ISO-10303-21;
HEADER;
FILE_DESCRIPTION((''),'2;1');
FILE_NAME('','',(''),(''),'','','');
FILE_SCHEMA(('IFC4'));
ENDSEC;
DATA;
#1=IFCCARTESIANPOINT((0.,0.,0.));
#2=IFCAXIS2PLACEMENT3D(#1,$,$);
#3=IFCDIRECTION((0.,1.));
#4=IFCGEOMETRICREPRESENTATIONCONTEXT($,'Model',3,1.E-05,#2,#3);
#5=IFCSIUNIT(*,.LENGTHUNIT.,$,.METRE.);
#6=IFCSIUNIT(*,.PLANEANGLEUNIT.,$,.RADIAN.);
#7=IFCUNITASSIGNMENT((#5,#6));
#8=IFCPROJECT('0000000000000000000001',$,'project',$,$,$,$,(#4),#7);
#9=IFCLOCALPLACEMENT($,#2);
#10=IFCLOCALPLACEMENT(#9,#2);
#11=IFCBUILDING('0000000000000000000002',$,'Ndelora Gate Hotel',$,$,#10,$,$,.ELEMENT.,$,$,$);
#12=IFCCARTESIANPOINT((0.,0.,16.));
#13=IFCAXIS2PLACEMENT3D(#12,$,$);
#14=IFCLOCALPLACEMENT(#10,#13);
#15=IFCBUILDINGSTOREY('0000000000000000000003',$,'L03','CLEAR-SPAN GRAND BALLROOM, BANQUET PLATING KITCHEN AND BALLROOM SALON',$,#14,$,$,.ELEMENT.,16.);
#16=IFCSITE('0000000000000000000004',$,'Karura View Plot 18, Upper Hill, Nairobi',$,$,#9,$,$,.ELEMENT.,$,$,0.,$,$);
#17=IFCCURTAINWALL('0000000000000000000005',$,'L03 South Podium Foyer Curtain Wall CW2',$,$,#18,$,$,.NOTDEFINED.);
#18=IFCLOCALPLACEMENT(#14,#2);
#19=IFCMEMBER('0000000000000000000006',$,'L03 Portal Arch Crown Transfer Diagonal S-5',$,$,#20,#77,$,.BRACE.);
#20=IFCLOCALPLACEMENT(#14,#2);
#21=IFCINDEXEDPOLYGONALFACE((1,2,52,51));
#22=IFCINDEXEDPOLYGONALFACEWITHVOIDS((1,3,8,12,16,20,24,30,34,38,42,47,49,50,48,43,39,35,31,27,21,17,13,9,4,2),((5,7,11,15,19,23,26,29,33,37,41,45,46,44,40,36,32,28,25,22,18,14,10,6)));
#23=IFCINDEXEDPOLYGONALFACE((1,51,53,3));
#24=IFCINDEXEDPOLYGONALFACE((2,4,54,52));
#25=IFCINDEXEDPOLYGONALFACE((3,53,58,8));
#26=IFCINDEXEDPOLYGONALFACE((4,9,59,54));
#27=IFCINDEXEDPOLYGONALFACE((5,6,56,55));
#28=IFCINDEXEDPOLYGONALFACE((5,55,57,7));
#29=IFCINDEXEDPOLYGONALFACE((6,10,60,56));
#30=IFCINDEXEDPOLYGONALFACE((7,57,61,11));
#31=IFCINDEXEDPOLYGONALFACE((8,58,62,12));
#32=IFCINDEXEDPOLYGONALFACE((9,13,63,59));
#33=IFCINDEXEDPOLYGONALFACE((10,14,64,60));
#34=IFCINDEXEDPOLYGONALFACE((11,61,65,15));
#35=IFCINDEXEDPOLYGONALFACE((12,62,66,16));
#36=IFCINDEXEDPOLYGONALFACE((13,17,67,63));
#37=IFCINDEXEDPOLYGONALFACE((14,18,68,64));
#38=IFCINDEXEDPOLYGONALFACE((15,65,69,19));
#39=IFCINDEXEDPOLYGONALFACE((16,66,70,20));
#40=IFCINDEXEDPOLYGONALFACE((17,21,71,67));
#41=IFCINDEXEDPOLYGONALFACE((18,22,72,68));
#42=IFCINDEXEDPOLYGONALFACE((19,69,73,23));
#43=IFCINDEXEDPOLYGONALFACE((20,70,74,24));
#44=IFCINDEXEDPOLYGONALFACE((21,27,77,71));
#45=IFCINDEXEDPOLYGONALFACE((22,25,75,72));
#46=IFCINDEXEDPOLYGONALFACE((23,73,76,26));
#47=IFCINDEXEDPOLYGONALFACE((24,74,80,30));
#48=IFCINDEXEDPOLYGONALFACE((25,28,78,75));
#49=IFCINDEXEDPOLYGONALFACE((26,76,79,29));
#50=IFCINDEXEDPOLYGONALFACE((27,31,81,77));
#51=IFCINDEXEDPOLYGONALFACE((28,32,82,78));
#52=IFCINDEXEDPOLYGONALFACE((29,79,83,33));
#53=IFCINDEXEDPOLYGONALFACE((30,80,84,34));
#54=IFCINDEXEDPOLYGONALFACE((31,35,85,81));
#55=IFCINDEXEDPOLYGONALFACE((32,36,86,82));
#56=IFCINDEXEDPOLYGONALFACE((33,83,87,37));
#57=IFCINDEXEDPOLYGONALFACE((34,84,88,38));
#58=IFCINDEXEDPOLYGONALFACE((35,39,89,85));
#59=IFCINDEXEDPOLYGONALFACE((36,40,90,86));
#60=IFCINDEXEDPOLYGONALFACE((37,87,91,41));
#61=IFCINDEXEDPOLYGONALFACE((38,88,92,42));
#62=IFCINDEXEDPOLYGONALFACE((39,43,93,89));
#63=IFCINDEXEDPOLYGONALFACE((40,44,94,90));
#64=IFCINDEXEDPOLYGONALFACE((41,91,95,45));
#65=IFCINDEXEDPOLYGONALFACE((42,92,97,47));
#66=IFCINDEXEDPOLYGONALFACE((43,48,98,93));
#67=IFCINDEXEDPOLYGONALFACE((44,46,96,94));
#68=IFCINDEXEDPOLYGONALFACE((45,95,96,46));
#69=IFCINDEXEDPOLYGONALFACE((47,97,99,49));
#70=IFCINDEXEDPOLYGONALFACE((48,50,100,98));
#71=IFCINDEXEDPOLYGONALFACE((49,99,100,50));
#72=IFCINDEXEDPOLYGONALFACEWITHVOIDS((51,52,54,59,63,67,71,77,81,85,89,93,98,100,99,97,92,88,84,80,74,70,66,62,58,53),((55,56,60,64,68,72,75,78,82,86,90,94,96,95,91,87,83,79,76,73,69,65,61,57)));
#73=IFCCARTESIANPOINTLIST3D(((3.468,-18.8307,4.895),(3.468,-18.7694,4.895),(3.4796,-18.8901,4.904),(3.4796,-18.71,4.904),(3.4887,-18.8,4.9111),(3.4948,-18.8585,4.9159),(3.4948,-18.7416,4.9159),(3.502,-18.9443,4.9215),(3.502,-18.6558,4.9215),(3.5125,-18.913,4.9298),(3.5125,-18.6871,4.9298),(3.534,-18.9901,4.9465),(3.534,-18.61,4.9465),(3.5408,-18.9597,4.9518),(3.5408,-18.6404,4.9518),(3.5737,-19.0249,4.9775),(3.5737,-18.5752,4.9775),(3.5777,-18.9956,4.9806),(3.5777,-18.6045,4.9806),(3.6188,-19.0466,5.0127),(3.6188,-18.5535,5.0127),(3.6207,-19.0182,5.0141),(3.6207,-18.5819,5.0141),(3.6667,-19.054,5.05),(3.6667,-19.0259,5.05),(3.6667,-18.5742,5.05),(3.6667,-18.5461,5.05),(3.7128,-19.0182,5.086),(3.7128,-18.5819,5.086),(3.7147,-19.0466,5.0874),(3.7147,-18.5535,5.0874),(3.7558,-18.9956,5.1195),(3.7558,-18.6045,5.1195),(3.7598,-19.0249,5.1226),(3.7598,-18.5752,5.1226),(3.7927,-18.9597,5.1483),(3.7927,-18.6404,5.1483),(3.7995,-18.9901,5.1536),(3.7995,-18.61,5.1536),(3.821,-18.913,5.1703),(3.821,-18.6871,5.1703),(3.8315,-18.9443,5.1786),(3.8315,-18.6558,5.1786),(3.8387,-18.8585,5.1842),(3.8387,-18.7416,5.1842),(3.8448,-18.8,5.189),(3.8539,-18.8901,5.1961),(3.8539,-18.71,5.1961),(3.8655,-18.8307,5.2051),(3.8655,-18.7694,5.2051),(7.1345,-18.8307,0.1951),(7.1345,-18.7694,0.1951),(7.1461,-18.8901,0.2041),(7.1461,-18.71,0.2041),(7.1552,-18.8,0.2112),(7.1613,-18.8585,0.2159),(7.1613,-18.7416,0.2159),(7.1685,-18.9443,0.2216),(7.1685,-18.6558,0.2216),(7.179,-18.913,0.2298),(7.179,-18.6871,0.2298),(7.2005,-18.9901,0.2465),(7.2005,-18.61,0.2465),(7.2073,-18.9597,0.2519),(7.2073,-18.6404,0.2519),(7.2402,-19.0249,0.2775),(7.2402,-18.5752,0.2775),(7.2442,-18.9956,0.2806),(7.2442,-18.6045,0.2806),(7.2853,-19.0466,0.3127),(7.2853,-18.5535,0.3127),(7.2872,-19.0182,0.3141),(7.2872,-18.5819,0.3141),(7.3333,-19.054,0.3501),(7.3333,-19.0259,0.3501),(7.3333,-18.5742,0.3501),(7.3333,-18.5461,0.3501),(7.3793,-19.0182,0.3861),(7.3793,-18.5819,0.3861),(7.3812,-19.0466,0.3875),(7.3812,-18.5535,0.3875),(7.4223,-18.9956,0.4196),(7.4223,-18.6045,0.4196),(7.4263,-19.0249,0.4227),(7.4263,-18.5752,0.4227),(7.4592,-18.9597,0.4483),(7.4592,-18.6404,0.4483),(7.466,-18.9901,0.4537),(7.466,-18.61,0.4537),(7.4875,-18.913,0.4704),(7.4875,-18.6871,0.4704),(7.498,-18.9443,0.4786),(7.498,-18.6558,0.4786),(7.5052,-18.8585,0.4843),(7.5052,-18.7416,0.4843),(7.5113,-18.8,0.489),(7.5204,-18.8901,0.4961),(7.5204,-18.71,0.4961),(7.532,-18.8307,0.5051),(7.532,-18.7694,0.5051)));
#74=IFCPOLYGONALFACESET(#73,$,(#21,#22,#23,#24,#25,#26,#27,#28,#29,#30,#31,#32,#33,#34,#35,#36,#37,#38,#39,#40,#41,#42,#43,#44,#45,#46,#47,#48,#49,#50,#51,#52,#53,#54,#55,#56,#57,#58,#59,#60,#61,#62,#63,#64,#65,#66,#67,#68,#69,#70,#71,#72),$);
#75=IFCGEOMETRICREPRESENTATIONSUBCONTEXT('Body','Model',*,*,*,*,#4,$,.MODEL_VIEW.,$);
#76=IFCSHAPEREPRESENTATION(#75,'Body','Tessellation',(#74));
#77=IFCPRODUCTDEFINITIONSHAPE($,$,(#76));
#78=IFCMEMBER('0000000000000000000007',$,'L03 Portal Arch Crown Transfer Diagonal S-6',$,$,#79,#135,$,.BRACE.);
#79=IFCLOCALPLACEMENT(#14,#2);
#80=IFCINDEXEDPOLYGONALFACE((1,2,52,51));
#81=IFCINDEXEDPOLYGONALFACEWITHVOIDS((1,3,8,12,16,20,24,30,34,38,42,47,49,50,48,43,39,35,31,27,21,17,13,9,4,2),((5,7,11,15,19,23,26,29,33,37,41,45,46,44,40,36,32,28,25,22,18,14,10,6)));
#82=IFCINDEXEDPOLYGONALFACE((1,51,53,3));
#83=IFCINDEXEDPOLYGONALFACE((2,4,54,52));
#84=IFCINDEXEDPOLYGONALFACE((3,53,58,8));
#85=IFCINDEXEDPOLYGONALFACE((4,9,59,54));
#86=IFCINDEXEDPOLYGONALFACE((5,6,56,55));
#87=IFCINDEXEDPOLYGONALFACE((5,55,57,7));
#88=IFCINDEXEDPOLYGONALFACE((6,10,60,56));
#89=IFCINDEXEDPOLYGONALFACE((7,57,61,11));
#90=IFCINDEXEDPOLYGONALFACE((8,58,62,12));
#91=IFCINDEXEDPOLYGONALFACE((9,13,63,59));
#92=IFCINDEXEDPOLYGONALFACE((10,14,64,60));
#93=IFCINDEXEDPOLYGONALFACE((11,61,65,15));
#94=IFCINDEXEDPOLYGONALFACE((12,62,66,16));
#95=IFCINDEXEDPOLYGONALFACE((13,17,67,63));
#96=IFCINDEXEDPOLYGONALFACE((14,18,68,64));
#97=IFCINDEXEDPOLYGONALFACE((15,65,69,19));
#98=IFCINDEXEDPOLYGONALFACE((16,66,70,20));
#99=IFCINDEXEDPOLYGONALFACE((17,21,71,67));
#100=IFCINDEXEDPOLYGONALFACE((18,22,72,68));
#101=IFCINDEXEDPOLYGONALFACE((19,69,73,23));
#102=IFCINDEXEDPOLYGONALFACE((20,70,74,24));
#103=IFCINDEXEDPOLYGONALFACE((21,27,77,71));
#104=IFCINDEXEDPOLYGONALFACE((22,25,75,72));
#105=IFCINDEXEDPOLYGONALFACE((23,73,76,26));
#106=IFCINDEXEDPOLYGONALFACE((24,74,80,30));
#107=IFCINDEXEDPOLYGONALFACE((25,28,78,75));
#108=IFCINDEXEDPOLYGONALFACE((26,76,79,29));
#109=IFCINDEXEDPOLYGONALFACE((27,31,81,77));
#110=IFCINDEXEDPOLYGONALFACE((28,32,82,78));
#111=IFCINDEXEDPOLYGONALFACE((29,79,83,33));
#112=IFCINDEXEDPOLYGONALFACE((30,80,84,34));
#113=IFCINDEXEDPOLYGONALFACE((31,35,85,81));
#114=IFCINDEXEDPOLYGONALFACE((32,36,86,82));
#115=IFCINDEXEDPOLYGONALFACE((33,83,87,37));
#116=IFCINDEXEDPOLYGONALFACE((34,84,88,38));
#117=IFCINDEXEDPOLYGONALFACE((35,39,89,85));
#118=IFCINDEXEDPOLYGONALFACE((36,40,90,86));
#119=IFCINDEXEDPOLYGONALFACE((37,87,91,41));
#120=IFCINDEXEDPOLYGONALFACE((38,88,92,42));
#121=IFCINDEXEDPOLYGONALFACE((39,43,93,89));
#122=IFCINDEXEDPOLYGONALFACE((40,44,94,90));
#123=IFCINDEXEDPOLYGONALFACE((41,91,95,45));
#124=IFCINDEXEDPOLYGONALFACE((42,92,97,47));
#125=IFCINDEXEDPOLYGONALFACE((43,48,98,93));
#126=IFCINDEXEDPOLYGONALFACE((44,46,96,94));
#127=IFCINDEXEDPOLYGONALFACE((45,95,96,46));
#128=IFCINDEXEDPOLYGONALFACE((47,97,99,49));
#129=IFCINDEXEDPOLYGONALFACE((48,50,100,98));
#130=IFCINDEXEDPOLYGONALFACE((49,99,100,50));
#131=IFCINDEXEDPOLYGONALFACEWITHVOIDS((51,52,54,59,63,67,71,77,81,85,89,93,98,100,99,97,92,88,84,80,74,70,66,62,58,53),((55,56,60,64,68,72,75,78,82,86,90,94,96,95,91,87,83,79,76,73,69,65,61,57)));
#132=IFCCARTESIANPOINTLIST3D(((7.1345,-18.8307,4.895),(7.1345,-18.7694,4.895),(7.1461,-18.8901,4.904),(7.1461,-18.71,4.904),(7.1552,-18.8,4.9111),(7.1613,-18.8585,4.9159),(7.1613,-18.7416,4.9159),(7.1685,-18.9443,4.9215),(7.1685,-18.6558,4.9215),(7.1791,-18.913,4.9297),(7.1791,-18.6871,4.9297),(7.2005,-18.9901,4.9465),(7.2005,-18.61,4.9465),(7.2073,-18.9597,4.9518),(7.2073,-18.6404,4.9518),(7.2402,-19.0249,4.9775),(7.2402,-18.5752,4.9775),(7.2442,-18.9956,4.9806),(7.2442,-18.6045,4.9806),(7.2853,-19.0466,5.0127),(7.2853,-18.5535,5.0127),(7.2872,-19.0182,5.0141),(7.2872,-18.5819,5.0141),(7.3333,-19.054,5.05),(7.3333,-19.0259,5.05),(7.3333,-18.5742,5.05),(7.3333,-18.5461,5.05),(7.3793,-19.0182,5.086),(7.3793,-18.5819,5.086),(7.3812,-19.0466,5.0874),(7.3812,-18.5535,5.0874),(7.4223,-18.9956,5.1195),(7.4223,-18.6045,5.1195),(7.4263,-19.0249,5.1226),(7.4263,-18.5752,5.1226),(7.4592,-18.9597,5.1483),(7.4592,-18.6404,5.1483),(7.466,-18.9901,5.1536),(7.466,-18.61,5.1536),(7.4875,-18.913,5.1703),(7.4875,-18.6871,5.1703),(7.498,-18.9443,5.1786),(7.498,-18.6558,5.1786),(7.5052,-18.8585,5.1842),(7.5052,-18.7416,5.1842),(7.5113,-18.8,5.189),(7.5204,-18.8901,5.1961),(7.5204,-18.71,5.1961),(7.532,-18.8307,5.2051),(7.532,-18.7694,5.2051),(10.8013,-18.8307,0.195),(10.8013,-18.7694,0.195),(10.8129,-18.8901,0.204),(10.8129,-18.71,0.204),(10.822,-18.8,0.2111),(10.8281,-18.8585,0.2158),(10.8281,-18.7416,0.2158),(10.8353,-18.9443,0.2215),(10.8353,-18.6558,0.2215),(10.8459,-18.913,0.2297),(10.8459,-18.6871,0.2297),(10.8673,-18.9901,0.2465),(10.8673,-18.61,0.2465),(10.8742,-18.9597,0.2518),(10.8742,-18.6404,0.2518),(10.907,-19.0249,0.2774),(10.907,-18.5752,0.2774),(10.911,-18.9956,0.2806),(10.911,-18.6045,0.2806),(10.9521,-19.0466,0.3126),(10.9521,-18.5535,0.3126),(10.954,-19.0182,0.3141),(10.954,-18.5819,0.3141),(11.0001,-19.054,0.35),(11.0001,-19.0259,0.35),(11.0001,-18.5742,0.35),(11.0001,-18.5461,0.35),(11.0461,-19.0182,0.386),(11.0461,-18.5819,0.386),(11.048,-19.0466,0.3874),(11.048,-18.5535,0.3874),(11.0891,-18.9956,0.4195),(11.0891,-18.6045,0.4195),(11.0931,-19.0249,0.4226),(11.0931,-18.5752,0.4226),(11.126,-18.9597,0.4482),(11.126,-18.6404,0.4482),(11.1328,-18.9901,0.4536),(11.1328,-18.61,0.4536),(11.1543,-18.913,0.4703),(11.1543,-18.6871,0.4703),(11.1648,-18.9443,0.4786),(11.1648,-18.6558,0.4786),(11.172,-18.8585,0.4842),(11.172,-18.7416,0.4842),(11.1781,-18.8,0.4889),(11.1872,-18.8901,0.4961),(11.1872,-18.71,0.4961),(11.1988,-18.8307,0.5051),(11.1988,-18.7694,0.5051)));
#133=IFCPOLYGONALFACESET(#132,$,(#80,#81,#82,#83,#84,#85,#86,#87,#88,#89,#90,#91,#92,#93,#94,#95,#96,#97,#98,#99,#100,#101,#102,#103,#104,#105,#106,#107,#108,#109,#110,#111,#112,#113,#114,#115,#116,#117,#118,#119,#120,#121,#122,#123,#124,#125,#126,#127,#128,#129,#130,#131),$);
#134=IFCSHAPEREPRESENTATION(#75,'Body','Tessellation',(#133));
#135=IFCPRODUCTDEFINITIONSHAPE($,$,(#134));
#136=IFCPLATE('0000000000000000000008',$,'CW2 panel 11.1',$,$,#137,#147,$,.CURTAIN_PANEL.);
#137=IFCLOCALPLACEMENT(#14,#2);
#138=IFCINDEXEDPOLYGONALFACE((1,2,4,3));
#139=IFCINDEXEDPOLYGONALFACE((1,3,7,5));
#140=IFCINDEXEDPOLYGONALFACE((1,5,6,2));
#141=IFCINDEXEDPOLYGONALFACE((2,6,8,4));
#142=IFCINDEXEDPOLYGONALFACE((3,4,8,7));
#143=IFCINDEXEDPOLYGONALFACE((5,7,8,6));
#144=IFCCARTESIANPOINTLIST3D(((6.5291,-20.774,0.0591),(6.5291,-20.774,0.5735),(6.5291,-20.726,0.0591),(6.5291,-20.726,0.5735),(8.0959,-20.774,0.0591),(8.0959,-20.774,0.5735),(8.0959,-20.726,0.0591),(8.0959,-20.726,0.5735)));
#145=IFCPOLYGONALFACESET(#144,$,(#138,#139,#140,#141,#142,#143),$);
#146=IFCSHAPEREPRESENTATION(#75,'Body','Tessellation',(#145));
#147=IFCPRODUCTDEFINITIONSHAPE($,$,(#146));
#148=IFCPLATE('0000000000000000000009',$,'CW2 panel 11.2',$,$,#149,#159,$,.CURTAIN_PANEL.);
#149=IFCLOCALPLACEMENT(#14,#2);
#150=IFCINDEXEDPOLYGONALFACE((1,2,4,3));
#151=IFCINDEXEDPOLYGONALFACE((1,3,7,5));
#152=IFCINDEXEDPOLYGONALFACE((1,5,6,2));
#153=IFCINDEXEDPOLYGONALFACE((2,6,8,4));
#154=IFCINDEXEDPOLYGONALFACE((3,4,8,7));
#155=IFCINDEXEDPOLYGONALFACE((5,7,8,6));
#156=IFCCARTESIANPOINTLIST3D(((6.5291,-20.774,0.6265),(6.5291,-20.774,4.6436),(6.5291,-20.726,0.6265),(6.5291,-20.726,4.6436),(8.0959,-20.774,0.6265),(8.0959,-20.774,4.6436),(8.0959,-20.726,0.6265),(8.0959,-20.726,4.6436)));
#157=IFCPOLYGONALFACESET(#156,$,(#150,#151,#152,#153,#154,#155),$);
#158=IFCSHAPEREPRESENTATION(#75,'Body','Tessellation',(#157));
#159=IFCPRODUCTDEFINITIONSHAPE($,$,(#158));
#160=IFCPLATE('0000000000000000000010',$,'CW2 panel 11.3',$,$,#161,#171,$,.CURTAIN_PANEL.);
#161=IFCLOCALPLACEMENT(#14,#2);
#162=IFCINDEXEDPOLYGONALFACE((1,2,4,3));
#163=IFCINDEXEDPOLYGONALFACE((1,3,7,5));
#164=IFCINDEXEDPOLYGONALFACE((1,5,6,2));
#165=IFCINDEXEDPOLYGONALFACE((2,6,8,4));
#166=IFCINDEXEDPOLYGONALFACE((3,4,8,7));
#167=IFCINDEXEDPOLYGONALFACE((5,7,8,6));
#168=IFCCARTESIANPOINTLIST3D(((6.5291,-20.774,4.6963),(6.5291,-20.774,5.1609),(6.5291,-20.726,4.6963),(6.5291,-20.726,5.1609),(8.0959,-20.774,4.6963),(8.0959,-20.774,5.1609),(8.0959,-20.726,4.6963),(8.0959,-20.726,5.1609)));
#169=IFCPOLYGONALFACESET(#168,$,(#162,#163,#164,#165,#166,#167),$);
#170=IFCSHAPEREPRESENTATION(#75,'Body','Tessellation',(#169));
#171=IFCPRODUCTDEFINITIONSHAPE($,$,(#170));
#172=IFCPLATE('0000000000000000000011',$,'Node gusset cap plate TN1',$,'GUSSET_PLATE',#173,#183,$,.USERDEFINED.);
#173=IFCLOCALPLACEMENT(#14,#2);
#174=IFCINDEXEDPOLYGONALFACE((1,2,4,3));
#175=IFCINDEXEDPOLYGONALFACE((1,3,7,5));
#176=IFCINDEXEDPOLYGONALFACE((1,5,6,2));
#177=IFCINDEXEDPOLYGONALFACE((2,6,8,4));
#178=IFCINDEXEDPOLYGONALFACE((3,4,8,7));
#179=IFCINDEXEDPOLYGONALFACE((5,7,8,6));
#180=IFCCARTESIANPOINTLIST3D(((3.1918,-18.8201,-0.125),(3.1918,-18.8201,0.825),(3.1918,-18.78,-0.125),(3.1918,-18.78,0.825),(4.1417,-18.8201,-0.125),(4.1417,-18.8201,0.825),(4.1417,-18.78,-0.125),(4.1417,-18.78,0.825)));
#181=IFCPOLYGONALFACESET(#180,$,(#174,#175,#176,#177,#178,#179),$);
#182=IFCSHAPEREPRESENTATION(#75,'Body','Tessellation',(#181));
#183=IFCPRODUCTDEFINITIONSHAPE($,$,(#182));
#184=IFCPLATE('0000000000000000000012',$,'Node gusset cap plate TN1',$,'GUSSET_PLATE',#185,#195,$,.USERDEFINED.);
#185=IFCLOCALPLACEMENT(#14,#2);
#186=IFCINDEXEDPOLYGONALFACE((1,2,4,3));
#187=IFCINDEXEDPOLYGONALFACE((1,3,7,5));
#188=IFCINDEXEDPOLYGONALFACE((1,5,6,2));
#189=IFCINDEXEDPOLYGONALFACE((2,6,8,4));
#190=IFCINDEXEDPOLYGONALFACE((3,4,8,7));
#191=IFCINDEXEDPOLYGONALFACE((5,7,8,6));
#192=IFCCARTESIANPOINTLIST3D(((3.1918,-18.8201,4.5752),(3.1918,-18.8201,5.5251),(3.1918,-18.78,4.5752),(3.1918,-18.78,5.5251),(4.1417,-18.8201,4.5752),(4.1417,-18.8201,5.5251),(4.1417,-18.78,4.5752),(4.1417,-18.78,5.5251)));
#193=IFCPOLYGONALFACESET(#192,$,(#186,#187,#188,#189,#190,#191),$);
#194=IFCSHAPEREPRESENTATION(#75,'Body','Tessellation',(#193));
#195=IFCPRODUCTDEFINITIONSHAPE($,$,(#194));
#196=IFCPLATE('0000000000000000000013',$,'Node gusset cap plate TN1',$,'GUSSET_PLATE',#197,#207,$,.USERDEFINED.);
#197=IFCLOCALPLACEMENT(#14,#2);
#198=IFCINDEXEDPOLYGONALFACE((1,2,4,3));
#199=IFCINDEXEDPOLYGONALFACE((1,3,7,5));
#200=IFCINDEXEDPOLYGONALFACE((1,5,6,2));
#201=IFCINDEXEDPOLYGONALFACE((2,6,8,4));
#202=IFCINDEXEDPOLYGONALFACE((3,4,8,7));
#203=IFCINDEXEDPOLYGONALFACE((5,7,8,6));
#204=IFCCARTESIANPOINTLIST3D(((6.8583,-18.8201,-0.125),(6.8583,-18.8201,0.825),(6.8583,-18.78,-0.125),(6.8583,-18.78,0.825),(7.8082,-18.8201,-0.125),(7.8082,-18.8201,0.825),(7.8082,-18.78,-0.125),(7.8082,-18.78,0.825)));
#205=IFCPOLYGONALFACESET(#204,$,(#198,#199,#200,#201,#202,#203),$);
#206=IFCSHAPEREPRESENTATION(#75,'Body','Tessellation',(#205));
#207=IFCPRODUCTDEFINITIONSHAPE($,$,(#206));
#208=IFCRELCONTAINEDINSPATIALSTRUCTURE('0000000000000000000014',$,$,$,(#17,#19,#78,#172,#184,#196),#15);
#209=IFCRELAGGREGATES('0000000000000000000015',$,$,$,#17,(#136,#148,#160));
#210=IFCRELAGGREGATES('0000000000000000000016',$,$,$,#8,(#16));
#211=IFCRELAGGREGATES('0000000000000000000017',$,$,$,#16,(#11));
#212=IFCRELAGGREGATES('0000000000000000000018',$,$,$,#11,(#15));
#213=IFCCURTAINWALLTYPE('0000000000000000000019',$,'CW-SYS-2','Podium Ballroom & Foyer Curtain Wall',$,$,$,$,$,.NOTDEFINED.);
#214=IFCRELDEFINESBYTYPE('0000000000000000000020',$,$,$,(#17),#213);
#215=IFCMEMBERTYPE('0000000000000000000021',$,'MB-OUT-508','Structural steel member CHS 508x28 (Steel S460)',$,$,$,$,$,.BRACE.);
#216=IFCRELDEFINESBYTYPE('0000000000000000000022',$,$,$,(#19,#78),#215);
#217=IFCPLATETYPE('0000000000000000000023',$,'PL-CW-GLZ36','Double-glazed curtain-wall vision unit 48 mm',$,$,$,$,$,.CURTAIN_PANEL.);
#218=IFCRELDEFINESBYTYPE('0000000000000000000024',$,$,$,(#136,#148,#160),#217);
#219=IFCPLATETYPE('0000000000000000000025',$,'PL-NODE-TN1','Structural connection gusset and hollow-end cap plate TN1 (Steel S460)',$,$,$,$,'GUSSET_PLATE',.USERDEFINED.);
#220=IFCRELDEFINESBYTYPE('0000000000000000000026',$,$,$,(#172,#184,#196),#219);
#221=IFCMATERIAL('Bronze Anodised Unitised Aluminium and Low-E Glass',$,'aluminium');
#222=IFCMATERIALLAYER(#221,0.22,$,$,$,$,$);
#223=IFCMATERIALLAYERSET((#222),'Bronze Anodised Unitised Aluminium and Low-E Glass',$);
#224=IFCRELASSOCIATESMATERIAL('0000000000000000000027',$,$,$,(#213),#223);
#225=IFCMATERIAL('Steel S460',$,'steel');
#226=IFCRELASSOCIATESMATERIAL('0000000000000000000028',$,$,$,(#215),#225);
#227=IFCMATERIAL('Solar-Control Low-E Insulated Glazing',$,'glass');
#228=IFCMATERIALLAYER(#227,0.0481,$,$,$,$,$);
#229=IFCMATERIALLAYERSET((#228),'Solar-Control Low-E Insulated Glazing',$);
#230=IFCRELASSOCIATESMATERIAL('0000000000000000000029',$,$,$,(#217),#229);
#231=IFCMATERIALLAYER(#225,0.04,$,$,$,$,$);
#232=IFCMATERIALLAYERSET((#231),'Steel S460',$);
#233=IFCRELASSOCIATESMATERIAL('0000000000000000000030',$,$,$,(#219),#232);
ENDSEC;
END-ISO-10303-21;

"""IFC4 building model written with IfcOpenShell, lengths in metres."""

from ifc_helpers import new_model, si_unit, direction, frame, origin, origin_2d, place, context, subcontext, project, spatial, rectangle, hollow_circle, extrude, material, layer, layer_set, material_profile, profile_set, type_object, element, aggregate, save


model = new_model("IFC4")

# Units and contexts
model_context = context("Model", 3, precision=1e-05, world=origin(), true_north=direction((0.0, 1.0)))
body_context = subcontext(model_context, "Body", "Model", "MODEL_VIEW")
ifc_project = project(units=[si_unit("LENGTHUNIT", "METRE"), si_unit("PLANEANGLEUNIT", "RADIAN")], contexts=[model_context])

# Site, building, storey
site_placement = place(None, origin())
site = spatial("IfcSite", under=ifc_project, at=site_placement, Name="Karura View Plot 18, Upper Hill, Nairobi", CompositionType="ELEMENT", RefElevation=0.0)
building_placement = place(site_placement, origin())
building = spatial("IfcBuilding", under=site, at=building_placement, Name="Ndelora Gate Hotel", CompositionType="ELEMENT")
storey_placement = place(building_placement, frame((0.0, 0.0, 16.0)))
storey = spatial("IfcBuildingStorey", under=building, at=storey_placement, Name="L03", Description="CLEAR-SPAN GRAND BALLROOM, BANQUET PLATING KITCHEN AND BALLROOM SALON", CompositionType="ELEMENT", Elevation=16.0)

# Curtain wall
ifc_material_1 = material(Name="Bronze Anodised Unitised Aluminium and Low-E Glass", Category="aluminium")
ifc_layer_1 = layer(ifc_material_1, 0.22)
ifc_layer_set_1 = layer_set([ifc_layer_1], Name="Bronze Anodised Unitised Aluminium and Low-E Glass")
curtain_wall_type = type_object("IfcCurtainWallType", Name="CW-SYS-2", Description="Podium Ballroom & Foyer Curtain Wall", PredefinedType="NOTDEFINED", material=ifc_layer_set_1)
curtain_wall_placement = place(storey_placement, origin())
curtain_wall = element("IfcCurtainWall", 1, at=curtain_wall_placement, inside=storey, type_object=curtain_wall_type, Name="L03 South Podium Foyer Curtain Wall CW2", PredefinedType="NOTDEFINED")

# Members
ifc_material_2 = material(Name="Steel S460", Category="steel")
ifc_material_profile_1 = material_profile(ifc_material_2, hollow_circle(Radius=0.2539, WallThickness=0.0281, at=origin_2d()), Name="CHS 508x28")
ifc_profile_set_1 = profile_set([ifc_material_profile_1], Name="Steel S460")
member_type_1 = type_object("IfcMemberType", Name="MB-OUT-508", Description="Structural steel member CHS 508x28 (Steel S460)", PredefinedType="BRACE", material=ifc_profile_set_1)
member_1_placement = place(storey_placement, frame((3.6667, -18.8, 5.05), z_axis=(0.615088, 0.0, -0.788458), x_axis=(0.0, 1.0, 0.0)))
element("IfcMember", 2, at=member_1_placement, inside=storey, type_object=member_type_1, Name="L03 Portal Arch Crown Transfer Diagonal S-5", PredefinedType="BRACE", context=body_context, shape_type="SweptSolid", body=[
    extrude(hollow_circle(Radius=0.2539, WallThickness=0.0281, at=origin_2d()), origin(), (0.0, 0.0, 1.0), 5.9609),
])
member_2_placement = place(storey_placement, frame((7.3333, -18.8, 5.05), z_axis=(0.615114, 0.0, -0.788438), x_axis=(0.0, 1.0, 0.0)))
element("IfcMember", 3, at=member_2_placement, inside=storey, type_object=member_type_1, Name="L03 Portal Arch Crown Transfer Diagonal S-6", PredefinedType="BRACE", context=body_context, shape_type="SweptSolid", body=[
    extrude(hollow_circle(Radius=0.2539, WallThickness=0.0281, at=origin_2d()), origin(), (0.0, 0.0, 1.0), 5.9612),
])

# Plates
ifc_material_3 = material(Name="Solar-Control Low-E Insulated Glazing", Category="glass")
ifc_layer_2 = layer(ifc_material_3, 0.0481)
ifc_layer_set_2 = layer_set([ifc_layer_2], Name="Solar-Control Low-E Insulated Glazing")
plate_type_1 = type_object("IfcPlateType", Name="PL-CW-GLZ36", Description="Double-glazed curtain-wall vision unit 48 mm", PredefinedType="CURTAIN_PANEL", material=ifc_layer_set_2)
plate_1_placement = place(storey_placement, frame((7.3125, -20.75, 0.0591), z_axis=(0.0, 0.0, 1.0), x_axis=(1.0, 0.0, 0.0)))
plate_1 = element("IfcPlate", 4, at=plate_1_placement, type_object=plate_type_1, Name="CW2 panel 11.1", PredefinedType="CURTAIN_PANEL", context=body_context, shape_type="SweptSolid", body=[
    extrude(rectangle(XDim=1.5669, YDim=0.0481, at=origin_2d()), origin(), (0.0, 0.0, 1.0), 0.5144),
])
plate_2_placement = place(storey_placement, frame((7.3125, -20.75, 0.6265), z_axis=(0.0, 0.0, 1.0), x_axis=(1.0, 0.0, 0.0)))
plate_2 = element("IfcPlate", 5, at=plate_2_placement, type_object=plate_type_1, Name="CW2 panel 11.2", PredefinedType="CURTAIN_PANEL", context=body_context, shape_type="SweptSolid", body=[
    extrude(rectangle(XDim=1.5669, YDim=0.0481, at=origin_2d()), origin(), (0.0, 0.0, 1.0), 4.0171),
])
plate_3_placement = place(storey_placement, frame((7.3125, -20.75, 4.6963), z_axis=(0.0, 0.0, 1.0), x_axis=(1.0, 0.0, 0.0)))
plate_3 = element("IfcPlate", 6, at=plate_3_placement, type_object=plate_type_1, Name="CW2 panel 11.3", PredefinedType="CURTAIN_PANEL", context=body_context, shape_type="SweptSolid", body=[
    extrude(rectangle(XDim=1.5669, YDim=0.0481, at=origin_2d()), origin(), (0.0, 0.0, 1.0), 0.4646),
])
aggregate(curtain_wall, [plate_1, plate_2, plate_3])

# Plates
ifc_layer_3 = layer(ifc_material_2, 0.04)
ifc_layer_set_3 = layer_set([ifc_layer_3], Name="Steel S460")
plate_type_2 = type_object("IfcPlateType", Name="PL-NODE-TN1", Description="Structural connection gusset and hollow-end cap plate TN1 (Steel S460)", ElementType="GUSSET_PLATE", PredefinedType="USERDEFINED", material=ifc_layer_set_3)
for number, where, z_axis, x_axis, name in (
    (7, (3.6667, -18.8, -0.125), (0.0, 0.0, 1.0), (1.0, 0.0, 0.0), "Node gusset cap plate TN1"),
    (8, (3.6667, -18.8, 4.5752), (0.0, 0.0, 1.0), (1.0, 0.0, 0.0), "Node gusset cap plate TN1"),
    (9, (7.3333, -18.8, -0.125), (0.0, 0.0, 1.0), (1.0, 0.0, 0.0), "Node gusset cap plate TN1"),
):
    element("IfcPlate", number, at=place(storey_placement, frame(where, z_axis=z_axis, x_axis=x_axis)), inside=storey, type_object=plate_type_2, Name=name, ObjectType="GUSSET_PLATE", PredefinedType="USERDEFINED", context=body_context, shape_type="SweptSolid", body=[
        extrude(rectangle(XDim=0.95, YDim=0.04, at=origin_2d()), origin(), (0.0, 0.0, 1.0), 0.95),
    ])

save(model, "model.ifc")
